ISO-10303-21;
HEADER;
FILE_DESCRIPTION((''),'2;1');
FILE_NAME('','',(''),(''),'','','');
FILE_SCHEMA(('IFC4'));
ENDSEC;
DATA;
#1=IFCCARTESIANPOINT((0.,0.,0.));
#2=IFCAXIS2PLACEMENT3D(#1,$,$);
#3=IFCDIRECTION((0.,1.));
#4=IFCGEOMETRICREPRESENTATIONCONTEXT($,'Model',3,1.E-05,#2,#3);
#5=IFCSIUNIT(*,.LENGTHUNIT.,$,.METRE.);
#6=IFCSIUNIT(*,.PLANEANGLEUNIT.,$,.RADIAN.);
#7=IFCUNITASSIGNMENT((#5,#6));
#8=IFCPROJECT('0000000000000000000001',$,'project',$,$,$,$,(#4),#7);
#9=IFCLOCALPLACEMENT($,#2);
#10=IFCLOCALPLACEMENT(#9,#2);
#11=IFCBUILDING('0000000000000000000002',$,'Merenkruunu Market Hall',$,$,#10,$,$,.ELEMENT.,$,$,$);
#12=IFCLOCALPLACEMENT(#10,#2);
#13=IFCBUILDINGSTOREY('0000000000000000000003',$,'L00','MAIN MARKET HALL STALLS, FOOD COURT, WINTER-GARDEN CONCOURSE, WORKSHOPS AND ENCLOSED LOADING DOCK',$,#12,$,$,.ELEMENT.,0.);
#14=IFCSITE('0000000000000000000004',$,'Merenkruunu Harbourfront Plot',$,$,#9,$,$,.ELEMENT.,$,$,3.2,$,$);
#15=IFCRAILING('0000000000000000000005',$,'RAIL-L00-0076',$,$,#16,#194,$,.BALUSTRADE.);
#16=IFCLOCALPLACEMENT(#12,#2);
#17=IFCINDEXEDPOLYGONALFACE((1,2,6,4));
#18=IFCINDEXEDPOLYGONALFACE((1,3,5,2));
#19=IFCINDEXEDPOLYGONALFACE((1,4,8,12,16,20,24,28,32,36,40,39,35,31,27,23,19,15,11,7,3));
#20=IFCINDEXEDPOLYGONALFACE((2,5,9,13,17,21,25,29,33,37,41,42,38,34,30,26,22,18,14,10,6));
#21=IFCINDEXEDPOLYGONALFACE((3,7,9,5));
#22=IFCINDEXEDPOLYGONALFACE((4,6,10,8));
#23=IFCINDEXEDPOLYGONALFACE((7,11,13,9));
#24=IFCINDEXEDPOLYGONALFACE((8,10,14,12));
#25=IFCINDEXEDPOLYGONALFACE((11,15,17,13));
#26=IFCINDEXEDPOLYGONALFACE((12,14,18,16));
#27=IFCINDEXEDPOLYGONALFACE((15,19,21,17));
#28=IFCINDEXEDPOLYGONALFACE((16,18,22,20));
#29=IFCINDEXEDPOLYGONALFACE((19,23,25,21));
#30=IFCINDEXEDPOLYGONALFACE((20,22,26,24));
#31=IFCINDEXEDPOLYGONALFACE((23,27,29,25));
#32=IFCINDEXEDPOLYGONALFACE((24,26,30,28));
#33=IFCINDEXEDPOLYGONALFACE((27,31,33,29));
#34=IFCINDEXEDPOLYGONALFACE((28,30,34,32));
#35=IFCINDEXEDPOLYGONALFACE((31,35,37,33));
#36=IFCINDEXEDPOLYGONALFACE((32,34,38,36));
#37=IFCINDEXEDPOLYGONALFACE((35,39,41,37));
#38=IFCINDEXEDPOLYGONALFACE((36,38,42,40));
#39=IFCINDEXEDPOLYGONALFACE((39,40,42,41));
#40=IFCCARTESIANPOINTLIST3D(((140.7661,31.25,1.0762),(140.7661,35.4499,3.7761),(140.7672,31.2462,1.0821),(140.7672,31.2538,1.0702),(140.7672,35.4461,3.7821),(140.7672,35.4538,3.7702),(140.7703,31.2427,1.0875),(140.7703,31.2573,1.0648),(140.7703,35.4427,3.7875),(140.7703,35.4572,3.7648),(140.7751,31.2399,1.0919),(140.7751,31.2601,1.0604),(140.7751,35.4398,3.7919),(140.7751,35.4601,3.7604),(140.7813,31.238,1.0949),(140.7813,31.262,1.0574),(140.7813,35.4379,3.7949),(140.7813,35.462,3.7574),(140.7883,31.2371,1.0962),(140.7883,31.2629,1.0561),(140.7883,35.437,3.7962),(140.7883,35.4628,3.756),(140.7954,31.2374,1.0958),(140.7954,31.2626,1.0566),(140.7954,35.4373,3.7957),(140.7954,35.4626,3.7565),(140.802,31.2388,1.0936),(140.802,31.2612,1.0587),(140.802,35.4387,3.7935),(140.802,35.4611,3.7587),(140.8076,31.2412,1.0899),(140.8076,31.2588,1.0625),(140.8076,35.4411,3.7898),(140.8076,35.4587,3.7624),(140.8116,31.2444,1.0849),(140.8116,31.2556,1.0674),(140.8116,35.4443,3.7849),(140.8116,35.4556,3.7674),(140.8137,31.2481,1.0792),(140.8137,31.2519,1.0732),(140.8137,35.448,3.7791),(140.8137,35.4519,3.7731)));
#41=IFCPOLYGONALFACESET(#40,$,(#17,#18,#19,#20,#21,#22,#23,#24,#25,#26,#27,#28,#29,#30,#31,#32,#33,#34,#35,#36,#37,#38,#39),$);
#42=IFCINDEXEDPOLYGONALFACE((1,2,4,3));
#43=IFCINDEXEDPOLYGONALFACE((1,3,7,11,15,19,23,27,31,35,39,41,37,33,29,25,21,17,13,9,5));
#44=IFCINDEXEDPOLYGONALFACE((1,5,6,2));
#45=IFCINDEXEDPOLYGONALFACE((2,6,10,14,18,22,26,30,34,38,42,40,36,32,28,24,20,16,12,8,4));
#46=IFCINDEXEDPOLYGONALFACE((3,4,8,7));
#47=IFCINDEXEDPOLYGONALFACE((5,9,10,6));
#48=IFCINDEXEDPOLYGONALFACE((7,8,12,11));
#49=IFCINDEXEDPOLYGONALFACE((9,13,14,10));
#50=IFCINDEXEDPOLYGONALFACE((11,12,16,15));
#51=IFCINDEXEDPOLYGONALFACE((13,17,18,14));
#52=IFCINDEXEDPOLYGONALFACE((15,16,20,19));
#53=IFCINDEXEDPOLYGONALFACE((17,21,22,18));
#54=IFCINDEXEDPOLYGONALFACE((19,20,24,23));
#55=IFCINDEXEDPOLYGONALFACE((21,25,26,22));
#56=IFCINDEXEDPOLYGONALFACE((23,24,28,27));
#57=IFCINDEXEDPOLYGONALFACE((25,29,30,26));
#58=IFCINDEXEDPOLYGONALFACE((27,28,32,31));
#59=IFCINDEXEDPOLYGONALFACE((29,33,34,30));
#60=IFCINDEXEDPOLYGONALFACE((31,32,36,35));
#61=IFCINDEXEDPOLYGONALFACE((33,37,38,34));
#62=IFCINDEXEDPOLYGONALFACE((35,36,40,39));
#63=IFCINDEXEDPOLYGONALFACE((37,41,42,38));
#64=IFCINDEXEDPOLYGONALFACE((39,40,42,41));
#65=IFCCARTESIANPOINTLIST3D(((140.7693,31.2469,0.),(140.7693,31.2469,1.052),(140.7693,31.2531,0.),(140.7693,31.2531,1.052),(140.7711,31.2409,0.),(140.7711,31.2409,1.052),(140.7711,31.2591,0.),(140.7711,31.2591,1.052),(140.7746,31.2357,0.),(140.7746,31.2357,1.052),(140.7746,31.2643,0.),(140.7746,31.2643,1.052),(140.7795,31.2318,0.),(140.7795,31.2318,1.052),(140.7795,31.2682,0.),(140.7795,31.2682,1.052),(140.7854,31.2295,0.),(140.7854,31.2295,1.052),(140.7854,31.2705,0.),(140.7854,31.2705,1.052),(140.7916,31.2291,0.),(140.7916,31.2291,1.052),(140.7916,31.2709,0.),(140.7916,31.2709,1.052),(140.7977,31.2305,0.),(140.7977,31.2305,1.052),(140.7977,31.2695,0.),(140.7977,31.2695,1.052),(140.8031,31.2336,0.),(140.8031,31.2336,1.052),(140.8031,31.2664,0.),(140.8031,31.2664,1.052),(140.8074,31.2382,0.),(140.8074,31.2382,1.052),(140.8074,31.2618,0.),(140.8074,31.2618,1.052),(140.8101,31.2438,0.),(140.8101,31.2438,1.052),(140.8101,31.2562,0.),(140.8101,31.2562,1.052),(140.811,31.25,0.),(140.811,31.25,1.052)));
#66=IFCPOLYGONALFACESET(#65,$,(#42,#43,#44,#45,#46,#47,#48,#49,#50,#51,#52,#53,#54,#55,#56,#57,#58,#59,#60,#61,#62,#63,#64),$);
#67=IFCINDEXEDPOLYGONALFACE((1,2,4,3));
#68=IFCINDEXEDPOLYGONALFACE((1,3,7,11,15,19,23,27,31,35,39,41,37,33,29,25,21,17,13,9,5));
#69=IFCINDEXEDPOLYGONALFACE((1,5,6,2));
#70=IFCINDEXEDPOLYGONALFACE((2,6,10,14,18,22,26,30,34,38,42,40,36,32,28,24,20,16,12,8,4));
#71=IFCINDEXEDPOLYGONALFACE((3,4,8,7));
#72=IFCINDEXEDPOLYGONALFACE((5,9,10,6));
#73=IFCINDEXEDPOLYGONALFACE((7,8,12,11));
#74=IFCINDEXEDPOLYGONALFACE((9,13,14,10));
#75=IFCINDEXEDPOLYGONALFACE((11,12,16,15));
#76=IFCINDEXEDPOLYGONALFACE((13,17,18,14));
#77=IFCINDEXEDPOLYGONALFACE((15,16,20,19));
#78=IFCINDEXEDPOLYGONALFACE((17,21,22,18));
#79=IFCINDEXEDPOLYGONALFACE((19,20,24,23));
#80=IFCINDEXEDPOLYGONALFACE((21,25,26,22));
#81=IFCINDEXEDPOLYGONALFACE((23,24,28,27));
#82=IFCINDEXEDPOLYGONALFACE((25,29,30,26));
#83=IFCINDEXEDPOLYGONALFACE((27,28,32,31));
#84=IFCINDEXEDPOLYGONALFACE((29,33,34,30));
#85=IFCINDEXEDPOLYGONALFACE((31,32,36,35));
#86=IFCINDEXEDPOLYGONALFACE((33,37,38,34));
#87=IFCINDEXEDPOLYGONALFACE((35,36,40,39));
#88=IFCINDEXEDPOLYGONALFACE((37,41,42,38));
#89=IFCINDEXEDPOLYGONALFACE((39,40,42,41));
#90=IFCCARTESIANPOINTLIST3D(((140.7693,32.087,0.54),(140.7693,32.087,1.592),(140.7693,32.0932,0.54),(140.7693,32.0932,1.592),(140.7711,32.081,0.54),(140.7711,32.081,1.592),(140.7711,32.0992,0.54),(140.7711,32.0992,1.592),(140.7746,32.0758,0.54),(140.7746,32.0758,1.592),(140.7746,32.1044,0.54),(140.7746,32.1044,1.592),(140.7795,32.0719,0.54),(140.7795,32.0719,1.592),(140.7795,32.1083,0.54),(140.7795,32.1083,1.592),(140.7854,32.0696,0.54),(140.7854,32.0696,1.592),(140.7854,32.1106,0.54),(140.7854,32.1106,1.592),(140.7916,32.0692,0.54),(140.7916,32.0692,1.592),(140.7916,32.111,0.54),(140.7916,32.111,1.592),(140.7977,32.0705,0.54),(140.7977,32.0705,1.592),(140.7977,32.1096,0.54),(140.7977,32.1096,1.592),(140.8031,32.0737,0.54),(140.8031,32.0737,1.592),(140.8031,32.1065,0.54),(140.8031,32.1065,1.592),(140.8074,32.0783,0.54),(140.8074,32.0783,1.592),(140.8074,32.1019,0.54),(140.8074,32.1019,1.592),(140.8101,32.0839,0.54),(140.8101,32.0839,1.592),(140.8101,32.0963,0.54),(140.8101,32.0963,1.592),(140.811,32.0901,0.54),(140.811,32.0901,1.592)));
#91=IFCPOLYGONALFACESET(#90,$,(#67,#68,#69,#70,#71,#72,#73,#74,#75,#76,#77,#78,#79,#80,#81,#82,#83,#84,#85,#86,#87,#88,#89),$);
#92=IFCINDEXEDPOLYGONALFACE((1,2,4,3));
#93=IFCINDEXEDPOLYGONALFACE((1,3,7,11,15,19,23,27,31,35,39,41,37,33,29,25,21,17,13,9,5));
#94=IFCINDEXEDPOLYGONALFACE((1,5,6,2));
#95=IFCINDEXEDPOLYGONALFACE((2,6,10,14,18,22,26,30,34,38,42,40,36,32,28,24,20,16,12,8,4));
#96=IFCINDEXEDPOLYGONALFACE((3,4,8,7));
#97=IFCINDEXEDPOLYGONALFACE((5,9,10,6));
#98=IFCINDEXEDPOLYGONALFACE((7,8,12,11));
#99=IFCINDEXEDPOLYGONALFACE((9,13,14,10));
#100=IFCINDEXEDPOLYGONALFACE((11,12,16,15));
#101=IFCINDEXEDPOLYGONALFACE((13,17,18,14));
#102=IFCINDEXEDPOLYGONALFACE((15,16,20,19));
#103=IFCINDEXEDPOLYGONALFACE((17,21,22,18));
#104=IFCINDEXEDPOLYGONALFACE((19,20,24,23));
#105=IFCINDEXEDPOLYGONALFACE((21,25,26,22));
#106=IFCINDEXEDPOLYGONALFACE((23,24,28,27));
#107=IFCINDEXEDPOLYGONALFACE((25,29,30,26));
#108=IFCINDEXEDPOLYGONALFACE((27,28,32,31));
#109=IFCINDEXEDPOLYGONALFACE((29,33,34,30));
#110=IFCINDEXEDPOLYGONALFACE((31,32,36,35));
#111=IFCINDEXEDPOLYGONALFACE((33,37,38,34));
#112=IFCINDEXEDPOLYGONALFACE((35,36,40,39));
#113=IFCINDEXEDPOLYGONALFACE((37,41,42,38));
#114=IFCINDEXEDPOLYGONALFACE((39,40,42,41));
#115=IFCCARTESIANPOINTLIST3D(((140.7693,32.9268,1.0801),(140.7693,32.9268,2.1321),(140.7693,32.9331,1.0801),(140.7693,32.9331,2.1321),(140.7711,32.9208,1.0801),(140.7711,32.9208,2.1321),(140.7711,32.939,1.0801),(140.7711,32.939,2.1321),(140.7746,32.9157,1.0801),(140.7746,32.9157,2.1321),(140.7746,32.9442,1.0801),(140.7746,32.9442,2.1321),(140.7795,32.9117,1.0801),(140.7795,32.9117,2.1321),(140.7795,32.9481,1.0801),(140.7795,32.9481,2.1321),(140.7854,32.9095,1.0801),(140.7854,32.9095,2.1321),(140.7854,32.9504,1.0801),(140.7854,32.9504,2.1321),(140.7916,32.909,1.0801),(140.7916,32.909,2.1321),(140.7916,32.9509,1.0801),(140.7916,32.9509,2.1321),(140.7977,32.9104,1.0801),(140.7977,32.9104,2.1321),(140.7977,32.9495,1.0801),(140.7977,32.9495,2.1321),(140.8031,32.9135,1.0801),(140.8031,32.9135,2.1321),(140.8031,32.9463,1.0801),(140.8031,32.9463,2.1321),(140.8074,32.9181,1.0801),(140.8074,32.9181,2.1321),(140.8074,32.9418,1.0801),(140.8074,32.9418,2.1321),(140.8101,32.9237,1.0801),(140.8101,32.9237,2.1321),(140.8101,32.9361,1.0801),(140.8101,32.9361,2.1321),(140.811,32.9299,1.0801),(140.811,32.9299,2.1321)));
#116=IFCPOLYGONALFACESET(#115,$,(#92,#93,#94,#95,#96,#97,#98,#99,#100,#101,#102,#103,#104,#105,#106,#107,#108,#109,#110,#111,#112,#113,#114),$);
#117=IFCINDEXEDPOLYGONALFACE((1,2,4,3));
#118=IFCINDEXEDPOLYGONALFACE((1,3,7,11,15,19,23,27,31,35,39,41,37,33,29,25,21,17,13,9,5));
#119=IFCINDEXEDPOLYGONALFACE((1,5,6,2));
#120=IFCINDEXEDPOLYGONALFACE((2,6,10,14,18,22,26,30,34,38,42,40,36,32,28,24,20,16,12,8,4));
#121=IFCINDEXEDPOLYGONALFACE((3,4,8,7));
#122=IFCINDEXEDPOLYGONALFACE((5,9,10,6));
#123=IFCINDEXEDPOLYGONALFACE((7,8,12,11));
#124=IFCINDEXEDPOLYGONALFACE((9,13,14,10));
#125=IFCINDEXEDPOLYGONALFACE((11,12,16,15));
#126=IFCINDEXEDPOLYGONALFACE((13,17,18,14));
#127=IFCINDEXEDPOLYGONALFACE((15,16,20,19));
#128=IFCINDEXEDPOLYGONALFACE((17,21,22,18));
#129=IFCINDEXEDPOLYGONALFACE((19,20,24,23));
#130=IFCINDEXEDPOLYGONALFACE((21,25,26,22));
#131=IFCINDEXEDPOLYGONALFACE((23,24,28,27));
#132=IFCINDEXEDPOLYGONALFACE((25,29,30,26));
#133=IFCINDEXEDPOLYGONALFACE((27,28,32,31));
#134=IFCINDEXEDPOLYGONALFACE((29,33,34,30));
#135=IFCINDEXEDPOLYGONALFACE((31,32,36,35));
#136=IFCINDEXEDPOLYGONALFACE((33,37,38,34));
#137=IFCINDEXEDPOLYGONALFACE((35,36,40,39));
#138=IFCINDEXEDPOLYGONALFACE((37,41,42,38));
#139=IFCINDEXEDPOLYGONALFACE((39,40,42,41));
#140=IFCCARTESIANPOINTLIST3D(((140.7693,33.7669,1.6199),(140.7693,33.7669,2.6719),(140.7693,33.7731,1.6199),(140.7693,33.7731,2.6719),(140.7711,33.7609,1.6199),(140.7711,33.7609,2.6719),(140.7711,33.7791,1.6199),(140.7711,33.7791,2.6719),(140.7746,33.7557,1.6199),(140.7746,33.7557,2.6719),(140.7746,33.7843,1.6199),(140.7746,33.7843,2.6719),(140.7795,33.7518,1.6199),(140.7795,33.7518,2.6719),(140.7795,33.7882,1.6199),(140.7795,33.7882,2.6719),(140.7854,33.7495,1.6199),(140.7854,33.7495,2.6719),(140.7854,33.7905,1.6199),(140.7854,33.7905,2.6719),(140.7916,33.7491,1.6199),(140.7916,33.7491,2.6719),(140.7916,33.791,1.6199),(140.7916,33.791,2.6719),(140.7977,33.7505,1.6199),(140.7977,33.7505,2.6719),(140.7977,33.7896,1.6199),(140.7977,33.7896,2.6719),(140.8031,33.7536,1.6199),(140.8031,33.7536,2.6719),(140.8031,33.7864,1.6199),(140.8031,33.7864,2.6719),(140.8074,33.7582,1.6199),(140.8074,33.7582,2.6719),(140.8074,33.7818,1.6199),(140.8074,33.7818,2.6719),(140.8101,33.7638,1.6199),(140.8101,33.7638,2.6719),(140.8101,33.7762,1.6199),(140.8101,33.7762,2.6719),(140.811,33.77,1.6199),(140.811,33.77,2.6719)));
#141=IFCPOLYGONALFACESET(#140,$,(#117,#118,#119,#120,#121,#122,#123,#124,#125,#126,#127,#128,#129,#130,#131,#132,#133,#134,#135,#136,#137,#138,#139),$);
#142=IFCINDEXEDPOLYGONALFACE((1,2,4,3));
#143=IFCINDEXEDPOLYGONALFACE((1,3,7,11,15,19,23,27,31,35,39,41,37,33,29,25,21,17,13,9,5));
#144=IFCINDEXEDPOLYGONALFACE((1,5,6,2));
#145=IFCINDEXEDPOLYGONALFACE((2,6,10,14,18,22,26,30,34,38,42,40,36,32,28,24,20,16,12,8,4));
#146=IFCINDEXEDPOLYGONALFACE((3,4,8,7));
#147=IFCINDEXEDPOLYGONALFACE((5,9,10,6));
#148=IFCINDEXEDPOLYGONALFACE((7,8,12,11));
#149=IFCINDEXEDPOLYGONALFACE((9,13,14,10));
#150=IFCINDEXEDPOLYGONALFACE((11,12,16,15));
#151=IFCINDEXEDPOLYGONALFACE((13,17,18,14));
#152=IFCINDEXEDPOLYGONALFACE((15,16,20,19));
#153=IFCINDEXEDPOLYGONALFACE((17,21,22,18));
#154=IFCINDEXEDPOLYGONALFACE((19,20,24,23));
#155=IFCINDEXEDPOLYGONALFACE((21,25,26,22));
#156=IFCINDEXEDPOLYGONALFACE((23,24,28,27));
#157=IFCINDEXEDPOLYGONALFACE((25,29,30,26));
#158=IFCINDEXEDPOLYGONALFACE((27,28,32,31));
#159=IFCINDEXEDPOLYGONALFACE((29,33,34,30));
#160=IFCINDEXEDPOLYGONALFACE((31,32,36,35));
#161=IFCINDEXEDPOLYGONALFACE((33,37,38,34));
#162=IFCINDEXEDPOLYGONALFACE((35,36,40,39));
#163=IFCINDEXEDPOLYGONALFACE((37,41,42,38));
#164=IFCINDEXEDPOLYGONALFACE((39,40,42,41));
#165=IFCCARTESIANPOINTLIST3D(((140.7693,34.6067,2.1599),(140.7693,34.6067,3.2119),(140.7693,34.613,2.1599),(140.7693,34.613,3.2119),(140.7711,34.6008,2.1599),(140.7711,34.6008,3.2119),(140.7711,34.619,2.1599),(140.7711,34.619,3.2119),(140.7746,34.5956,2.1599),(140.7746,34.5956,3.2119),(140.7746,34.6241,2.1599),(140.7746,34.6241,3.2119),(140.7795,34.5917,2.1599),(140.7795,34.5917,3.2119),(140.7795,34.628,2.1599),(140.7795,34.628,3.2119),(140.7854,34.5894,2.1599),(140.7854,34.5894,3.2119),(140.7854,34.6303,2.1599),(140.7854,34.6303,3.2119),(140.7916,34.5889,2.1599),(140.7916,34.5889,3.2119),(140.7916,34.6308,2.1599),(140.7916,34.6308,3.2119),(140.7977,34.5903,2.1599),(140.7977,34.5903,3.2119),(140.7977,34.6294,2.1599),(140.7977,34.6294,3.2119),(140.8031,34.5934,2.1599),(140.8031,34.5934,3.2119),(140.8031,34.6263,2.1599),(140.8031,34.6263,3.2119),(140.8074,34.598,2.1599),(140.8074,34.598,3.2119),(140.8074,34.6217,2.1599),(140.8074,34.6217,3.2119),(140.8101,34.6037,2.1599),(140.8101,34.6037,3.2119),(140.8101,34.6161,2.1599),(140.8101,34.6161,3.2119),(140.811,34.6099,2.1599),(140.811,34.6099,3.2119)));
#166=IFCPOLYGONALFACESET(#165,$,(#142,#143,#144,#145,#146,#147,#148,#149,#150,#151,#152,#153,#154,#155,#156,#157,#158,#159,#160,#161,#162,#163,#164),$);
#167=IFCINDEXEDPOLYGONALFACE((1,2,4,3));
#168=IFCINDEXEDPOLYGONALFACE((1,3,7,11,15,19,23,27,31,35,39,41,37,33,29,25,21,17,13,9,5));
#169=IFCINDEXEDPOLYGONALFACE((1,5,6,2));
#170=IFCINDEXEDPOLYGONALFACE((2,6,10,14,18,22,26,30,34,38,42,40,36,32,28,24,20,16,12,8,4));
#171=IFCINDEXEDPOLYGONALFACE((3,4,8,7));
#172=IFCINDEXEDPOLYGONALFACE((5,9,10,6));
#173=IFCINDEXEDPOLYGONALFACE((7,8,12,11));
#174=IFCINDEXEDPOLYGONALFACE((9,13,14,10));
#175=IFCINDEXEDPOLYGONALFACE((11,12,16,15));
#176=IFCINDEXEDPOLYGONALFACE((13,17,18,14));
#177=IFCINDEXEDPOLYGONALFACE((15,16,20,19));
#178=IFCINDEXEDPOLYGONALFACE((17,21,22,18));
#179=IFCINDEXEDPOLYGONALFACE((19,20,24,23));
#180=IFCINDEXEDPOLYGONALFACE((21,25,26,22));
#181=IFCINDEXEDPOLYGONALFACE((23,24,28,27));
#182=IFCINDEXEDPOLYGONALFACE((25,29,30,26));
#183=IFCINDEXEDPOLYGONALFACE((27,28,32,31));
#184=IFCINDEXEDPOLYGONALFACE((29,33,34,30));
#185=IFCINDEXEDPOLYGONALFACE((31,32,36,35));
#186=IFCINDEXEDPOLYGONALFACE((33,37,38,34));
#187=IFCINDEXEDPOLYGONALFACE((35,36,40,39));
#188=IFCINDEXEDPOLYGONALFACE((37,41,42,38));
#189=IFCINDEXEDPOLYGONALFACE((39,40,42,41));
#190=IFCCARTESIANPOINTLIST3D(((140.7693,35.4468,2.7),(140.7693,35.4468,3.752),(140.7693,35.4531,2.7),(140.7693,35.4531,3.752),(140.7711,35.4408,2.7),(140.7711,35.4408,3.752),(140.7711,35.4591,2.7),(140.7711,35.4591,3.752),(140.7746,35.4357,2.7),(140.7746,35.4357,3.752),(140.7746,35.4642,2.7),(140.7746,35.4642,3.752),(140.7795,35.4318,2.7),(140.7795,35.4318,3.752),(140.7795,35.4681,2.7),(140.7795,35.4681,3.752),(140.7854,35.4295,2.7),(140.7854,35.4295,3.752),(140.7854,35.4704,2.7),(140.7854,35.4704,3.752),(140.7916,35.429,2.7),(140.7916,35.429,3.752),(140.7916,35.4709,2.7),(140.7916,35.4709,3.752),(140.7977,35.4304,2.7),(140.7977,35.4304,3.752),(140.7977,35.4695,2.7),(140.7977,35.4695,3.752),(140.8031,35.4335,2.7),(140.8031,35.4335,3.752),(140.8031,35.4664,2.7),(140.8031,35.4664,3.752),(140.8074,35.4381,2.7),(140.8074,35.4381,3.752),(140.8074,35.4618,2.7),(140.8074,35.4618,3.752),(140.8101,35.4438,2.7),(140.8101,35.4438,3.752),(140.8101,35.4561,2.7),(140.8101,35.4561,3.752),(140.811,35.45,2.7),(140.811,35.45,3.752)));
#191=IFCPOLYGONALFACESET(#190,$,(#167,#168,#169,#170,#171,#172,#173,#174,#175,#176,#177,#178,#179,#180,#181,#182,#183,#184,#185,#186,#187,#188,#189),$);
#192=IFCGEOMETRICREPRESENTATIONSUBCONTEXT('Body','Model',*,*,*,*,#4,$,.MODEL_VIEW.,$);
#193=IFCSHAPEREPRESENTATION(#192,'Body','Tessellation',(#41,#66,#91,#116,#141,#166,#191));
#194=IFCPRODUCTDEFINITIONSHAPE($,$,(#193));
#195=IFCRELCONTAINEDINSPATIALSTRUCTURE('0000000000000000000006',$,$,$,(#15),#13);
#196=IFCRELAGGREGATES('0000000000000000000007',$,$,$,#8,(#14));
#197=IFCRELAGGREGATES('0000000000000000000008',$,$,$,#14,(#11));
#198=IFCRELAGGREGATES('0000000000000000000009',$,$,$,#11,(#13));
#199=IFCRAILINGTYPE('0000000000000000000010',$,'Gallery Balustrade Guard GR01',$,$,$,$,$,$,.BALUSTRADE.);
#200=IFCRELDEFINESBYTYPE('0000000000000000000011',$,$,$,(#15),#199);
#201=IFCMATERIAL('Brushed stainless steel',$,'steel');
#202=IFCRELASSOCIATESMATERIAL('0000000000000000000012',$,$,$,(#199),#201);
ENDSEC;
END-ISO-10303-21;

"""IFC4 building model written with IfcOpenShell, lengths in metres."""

from ifc_helpers import new_model, si_unit, direction, frame, origin, origin_2d, place, context, subcontext, project, spatial, circle, extrude, material, type_object, element, save


model = new_model("IFC4")

# Units and contexts
model_context = context("Model", 3, precision=1e-05, world=origin(), true_north=direction((0.0, 1.0)))
body_context = subcontext(model_context, "Body", "Model", "MODEL_VIEW")
ifc_project = project(units=[si_unit("LENGTHUNIT", "METRE"), si_unit("PLANEANGLEUNIT", "RADIAN")], contexts=[model_context])

# Site, building, storey
site_placement = place(None, origin())
site = spatial("IfcSite", under=ifc_project, at=site_placement, Name="Merenkruunu Harbourfront Plot", CompositionType="ELEMENT", RefElevation=3.2)
building_placement = place(site_placement, origin())
building = spatial("IfcBuilding", under=site, at=building_placement, Name="Merenkruunu Market Hall", CompositionType="ELEMENT")
storey_placement = place(building_placement, origin())
storey = spatial("IfcBuildingStorey", under=building, at=storey_placement, Name="L00", Description="MAIN MARKET HALL STALLS, FOOD COURT, WINTER-GARDEN CONCOURSE, WORKSHOPS AND ENCLOSED LOADING DOCK", CompositionType="ELEMENT", Elevation=0.0)

# Railing
ifc_material_1 = material(Name="Brushed stainless steel", Category="steel")
railing_type_1 = type_object("IfcRailingType", Name="Gallery Balustrade Guard GR01", PredefinedType="BALUSTRADE", material=ifc_material_1)
railing_1_placement = place(storey_placement, frame((140.79, 31.25, 0.0)))
element("IfcRailing", 1, at=railing_1_placement, inside=storey, type_object=railing_type_1, Name="RAIL-L00-0076", PredefinedType="BALUSTRADE", context=body_context, shape_type="SweptSolid", body=[
    extrude(circle(Radius=0.0239, at=origin_2d()), frame((0.0, 0.0, 1.0762), z_axis=(0.0, 0.84118, 0.540755), x_axis=(-1.0, 0.0, 0.0)), (0.0, 0.0, 1.0), 4.9929),
    extrude(circle(Radius=0.021, at=origin_2d()), origin(), (0.0, 0.0, 1.0), 1.052),
    extrude(circle(Radius=0.021, at=origin_2d()), frame((0.0, 0.8401, 0.54)), (0.0, 0.0, 1.0), 1.052),
    extrude(circle(Radius=0.021, at=origin_2d()), frame((0.0, 1.6799, 1.0801)), (0.0, 0.0, 1.0), 1.052),
    extrude(circle(Radius=0.021, at=origin_2d()), frame((0.0, 2.52, 1.6199)), (0.0, 0.0, 1.0), 1.052),
    extrude(circle(Radius=0.021, at=origin_2d()), frame((0.0, 3.3599, 2.1599)), (0.0, 0.0, 1.0), 1.052),
    extrude(circle(Radius=0.021, at=origin_2d()), frame((0.0, 4.2, 2.7)), (0.0, 0.0, 1.0), 1.052),
])

save(model, "model.ifc")
